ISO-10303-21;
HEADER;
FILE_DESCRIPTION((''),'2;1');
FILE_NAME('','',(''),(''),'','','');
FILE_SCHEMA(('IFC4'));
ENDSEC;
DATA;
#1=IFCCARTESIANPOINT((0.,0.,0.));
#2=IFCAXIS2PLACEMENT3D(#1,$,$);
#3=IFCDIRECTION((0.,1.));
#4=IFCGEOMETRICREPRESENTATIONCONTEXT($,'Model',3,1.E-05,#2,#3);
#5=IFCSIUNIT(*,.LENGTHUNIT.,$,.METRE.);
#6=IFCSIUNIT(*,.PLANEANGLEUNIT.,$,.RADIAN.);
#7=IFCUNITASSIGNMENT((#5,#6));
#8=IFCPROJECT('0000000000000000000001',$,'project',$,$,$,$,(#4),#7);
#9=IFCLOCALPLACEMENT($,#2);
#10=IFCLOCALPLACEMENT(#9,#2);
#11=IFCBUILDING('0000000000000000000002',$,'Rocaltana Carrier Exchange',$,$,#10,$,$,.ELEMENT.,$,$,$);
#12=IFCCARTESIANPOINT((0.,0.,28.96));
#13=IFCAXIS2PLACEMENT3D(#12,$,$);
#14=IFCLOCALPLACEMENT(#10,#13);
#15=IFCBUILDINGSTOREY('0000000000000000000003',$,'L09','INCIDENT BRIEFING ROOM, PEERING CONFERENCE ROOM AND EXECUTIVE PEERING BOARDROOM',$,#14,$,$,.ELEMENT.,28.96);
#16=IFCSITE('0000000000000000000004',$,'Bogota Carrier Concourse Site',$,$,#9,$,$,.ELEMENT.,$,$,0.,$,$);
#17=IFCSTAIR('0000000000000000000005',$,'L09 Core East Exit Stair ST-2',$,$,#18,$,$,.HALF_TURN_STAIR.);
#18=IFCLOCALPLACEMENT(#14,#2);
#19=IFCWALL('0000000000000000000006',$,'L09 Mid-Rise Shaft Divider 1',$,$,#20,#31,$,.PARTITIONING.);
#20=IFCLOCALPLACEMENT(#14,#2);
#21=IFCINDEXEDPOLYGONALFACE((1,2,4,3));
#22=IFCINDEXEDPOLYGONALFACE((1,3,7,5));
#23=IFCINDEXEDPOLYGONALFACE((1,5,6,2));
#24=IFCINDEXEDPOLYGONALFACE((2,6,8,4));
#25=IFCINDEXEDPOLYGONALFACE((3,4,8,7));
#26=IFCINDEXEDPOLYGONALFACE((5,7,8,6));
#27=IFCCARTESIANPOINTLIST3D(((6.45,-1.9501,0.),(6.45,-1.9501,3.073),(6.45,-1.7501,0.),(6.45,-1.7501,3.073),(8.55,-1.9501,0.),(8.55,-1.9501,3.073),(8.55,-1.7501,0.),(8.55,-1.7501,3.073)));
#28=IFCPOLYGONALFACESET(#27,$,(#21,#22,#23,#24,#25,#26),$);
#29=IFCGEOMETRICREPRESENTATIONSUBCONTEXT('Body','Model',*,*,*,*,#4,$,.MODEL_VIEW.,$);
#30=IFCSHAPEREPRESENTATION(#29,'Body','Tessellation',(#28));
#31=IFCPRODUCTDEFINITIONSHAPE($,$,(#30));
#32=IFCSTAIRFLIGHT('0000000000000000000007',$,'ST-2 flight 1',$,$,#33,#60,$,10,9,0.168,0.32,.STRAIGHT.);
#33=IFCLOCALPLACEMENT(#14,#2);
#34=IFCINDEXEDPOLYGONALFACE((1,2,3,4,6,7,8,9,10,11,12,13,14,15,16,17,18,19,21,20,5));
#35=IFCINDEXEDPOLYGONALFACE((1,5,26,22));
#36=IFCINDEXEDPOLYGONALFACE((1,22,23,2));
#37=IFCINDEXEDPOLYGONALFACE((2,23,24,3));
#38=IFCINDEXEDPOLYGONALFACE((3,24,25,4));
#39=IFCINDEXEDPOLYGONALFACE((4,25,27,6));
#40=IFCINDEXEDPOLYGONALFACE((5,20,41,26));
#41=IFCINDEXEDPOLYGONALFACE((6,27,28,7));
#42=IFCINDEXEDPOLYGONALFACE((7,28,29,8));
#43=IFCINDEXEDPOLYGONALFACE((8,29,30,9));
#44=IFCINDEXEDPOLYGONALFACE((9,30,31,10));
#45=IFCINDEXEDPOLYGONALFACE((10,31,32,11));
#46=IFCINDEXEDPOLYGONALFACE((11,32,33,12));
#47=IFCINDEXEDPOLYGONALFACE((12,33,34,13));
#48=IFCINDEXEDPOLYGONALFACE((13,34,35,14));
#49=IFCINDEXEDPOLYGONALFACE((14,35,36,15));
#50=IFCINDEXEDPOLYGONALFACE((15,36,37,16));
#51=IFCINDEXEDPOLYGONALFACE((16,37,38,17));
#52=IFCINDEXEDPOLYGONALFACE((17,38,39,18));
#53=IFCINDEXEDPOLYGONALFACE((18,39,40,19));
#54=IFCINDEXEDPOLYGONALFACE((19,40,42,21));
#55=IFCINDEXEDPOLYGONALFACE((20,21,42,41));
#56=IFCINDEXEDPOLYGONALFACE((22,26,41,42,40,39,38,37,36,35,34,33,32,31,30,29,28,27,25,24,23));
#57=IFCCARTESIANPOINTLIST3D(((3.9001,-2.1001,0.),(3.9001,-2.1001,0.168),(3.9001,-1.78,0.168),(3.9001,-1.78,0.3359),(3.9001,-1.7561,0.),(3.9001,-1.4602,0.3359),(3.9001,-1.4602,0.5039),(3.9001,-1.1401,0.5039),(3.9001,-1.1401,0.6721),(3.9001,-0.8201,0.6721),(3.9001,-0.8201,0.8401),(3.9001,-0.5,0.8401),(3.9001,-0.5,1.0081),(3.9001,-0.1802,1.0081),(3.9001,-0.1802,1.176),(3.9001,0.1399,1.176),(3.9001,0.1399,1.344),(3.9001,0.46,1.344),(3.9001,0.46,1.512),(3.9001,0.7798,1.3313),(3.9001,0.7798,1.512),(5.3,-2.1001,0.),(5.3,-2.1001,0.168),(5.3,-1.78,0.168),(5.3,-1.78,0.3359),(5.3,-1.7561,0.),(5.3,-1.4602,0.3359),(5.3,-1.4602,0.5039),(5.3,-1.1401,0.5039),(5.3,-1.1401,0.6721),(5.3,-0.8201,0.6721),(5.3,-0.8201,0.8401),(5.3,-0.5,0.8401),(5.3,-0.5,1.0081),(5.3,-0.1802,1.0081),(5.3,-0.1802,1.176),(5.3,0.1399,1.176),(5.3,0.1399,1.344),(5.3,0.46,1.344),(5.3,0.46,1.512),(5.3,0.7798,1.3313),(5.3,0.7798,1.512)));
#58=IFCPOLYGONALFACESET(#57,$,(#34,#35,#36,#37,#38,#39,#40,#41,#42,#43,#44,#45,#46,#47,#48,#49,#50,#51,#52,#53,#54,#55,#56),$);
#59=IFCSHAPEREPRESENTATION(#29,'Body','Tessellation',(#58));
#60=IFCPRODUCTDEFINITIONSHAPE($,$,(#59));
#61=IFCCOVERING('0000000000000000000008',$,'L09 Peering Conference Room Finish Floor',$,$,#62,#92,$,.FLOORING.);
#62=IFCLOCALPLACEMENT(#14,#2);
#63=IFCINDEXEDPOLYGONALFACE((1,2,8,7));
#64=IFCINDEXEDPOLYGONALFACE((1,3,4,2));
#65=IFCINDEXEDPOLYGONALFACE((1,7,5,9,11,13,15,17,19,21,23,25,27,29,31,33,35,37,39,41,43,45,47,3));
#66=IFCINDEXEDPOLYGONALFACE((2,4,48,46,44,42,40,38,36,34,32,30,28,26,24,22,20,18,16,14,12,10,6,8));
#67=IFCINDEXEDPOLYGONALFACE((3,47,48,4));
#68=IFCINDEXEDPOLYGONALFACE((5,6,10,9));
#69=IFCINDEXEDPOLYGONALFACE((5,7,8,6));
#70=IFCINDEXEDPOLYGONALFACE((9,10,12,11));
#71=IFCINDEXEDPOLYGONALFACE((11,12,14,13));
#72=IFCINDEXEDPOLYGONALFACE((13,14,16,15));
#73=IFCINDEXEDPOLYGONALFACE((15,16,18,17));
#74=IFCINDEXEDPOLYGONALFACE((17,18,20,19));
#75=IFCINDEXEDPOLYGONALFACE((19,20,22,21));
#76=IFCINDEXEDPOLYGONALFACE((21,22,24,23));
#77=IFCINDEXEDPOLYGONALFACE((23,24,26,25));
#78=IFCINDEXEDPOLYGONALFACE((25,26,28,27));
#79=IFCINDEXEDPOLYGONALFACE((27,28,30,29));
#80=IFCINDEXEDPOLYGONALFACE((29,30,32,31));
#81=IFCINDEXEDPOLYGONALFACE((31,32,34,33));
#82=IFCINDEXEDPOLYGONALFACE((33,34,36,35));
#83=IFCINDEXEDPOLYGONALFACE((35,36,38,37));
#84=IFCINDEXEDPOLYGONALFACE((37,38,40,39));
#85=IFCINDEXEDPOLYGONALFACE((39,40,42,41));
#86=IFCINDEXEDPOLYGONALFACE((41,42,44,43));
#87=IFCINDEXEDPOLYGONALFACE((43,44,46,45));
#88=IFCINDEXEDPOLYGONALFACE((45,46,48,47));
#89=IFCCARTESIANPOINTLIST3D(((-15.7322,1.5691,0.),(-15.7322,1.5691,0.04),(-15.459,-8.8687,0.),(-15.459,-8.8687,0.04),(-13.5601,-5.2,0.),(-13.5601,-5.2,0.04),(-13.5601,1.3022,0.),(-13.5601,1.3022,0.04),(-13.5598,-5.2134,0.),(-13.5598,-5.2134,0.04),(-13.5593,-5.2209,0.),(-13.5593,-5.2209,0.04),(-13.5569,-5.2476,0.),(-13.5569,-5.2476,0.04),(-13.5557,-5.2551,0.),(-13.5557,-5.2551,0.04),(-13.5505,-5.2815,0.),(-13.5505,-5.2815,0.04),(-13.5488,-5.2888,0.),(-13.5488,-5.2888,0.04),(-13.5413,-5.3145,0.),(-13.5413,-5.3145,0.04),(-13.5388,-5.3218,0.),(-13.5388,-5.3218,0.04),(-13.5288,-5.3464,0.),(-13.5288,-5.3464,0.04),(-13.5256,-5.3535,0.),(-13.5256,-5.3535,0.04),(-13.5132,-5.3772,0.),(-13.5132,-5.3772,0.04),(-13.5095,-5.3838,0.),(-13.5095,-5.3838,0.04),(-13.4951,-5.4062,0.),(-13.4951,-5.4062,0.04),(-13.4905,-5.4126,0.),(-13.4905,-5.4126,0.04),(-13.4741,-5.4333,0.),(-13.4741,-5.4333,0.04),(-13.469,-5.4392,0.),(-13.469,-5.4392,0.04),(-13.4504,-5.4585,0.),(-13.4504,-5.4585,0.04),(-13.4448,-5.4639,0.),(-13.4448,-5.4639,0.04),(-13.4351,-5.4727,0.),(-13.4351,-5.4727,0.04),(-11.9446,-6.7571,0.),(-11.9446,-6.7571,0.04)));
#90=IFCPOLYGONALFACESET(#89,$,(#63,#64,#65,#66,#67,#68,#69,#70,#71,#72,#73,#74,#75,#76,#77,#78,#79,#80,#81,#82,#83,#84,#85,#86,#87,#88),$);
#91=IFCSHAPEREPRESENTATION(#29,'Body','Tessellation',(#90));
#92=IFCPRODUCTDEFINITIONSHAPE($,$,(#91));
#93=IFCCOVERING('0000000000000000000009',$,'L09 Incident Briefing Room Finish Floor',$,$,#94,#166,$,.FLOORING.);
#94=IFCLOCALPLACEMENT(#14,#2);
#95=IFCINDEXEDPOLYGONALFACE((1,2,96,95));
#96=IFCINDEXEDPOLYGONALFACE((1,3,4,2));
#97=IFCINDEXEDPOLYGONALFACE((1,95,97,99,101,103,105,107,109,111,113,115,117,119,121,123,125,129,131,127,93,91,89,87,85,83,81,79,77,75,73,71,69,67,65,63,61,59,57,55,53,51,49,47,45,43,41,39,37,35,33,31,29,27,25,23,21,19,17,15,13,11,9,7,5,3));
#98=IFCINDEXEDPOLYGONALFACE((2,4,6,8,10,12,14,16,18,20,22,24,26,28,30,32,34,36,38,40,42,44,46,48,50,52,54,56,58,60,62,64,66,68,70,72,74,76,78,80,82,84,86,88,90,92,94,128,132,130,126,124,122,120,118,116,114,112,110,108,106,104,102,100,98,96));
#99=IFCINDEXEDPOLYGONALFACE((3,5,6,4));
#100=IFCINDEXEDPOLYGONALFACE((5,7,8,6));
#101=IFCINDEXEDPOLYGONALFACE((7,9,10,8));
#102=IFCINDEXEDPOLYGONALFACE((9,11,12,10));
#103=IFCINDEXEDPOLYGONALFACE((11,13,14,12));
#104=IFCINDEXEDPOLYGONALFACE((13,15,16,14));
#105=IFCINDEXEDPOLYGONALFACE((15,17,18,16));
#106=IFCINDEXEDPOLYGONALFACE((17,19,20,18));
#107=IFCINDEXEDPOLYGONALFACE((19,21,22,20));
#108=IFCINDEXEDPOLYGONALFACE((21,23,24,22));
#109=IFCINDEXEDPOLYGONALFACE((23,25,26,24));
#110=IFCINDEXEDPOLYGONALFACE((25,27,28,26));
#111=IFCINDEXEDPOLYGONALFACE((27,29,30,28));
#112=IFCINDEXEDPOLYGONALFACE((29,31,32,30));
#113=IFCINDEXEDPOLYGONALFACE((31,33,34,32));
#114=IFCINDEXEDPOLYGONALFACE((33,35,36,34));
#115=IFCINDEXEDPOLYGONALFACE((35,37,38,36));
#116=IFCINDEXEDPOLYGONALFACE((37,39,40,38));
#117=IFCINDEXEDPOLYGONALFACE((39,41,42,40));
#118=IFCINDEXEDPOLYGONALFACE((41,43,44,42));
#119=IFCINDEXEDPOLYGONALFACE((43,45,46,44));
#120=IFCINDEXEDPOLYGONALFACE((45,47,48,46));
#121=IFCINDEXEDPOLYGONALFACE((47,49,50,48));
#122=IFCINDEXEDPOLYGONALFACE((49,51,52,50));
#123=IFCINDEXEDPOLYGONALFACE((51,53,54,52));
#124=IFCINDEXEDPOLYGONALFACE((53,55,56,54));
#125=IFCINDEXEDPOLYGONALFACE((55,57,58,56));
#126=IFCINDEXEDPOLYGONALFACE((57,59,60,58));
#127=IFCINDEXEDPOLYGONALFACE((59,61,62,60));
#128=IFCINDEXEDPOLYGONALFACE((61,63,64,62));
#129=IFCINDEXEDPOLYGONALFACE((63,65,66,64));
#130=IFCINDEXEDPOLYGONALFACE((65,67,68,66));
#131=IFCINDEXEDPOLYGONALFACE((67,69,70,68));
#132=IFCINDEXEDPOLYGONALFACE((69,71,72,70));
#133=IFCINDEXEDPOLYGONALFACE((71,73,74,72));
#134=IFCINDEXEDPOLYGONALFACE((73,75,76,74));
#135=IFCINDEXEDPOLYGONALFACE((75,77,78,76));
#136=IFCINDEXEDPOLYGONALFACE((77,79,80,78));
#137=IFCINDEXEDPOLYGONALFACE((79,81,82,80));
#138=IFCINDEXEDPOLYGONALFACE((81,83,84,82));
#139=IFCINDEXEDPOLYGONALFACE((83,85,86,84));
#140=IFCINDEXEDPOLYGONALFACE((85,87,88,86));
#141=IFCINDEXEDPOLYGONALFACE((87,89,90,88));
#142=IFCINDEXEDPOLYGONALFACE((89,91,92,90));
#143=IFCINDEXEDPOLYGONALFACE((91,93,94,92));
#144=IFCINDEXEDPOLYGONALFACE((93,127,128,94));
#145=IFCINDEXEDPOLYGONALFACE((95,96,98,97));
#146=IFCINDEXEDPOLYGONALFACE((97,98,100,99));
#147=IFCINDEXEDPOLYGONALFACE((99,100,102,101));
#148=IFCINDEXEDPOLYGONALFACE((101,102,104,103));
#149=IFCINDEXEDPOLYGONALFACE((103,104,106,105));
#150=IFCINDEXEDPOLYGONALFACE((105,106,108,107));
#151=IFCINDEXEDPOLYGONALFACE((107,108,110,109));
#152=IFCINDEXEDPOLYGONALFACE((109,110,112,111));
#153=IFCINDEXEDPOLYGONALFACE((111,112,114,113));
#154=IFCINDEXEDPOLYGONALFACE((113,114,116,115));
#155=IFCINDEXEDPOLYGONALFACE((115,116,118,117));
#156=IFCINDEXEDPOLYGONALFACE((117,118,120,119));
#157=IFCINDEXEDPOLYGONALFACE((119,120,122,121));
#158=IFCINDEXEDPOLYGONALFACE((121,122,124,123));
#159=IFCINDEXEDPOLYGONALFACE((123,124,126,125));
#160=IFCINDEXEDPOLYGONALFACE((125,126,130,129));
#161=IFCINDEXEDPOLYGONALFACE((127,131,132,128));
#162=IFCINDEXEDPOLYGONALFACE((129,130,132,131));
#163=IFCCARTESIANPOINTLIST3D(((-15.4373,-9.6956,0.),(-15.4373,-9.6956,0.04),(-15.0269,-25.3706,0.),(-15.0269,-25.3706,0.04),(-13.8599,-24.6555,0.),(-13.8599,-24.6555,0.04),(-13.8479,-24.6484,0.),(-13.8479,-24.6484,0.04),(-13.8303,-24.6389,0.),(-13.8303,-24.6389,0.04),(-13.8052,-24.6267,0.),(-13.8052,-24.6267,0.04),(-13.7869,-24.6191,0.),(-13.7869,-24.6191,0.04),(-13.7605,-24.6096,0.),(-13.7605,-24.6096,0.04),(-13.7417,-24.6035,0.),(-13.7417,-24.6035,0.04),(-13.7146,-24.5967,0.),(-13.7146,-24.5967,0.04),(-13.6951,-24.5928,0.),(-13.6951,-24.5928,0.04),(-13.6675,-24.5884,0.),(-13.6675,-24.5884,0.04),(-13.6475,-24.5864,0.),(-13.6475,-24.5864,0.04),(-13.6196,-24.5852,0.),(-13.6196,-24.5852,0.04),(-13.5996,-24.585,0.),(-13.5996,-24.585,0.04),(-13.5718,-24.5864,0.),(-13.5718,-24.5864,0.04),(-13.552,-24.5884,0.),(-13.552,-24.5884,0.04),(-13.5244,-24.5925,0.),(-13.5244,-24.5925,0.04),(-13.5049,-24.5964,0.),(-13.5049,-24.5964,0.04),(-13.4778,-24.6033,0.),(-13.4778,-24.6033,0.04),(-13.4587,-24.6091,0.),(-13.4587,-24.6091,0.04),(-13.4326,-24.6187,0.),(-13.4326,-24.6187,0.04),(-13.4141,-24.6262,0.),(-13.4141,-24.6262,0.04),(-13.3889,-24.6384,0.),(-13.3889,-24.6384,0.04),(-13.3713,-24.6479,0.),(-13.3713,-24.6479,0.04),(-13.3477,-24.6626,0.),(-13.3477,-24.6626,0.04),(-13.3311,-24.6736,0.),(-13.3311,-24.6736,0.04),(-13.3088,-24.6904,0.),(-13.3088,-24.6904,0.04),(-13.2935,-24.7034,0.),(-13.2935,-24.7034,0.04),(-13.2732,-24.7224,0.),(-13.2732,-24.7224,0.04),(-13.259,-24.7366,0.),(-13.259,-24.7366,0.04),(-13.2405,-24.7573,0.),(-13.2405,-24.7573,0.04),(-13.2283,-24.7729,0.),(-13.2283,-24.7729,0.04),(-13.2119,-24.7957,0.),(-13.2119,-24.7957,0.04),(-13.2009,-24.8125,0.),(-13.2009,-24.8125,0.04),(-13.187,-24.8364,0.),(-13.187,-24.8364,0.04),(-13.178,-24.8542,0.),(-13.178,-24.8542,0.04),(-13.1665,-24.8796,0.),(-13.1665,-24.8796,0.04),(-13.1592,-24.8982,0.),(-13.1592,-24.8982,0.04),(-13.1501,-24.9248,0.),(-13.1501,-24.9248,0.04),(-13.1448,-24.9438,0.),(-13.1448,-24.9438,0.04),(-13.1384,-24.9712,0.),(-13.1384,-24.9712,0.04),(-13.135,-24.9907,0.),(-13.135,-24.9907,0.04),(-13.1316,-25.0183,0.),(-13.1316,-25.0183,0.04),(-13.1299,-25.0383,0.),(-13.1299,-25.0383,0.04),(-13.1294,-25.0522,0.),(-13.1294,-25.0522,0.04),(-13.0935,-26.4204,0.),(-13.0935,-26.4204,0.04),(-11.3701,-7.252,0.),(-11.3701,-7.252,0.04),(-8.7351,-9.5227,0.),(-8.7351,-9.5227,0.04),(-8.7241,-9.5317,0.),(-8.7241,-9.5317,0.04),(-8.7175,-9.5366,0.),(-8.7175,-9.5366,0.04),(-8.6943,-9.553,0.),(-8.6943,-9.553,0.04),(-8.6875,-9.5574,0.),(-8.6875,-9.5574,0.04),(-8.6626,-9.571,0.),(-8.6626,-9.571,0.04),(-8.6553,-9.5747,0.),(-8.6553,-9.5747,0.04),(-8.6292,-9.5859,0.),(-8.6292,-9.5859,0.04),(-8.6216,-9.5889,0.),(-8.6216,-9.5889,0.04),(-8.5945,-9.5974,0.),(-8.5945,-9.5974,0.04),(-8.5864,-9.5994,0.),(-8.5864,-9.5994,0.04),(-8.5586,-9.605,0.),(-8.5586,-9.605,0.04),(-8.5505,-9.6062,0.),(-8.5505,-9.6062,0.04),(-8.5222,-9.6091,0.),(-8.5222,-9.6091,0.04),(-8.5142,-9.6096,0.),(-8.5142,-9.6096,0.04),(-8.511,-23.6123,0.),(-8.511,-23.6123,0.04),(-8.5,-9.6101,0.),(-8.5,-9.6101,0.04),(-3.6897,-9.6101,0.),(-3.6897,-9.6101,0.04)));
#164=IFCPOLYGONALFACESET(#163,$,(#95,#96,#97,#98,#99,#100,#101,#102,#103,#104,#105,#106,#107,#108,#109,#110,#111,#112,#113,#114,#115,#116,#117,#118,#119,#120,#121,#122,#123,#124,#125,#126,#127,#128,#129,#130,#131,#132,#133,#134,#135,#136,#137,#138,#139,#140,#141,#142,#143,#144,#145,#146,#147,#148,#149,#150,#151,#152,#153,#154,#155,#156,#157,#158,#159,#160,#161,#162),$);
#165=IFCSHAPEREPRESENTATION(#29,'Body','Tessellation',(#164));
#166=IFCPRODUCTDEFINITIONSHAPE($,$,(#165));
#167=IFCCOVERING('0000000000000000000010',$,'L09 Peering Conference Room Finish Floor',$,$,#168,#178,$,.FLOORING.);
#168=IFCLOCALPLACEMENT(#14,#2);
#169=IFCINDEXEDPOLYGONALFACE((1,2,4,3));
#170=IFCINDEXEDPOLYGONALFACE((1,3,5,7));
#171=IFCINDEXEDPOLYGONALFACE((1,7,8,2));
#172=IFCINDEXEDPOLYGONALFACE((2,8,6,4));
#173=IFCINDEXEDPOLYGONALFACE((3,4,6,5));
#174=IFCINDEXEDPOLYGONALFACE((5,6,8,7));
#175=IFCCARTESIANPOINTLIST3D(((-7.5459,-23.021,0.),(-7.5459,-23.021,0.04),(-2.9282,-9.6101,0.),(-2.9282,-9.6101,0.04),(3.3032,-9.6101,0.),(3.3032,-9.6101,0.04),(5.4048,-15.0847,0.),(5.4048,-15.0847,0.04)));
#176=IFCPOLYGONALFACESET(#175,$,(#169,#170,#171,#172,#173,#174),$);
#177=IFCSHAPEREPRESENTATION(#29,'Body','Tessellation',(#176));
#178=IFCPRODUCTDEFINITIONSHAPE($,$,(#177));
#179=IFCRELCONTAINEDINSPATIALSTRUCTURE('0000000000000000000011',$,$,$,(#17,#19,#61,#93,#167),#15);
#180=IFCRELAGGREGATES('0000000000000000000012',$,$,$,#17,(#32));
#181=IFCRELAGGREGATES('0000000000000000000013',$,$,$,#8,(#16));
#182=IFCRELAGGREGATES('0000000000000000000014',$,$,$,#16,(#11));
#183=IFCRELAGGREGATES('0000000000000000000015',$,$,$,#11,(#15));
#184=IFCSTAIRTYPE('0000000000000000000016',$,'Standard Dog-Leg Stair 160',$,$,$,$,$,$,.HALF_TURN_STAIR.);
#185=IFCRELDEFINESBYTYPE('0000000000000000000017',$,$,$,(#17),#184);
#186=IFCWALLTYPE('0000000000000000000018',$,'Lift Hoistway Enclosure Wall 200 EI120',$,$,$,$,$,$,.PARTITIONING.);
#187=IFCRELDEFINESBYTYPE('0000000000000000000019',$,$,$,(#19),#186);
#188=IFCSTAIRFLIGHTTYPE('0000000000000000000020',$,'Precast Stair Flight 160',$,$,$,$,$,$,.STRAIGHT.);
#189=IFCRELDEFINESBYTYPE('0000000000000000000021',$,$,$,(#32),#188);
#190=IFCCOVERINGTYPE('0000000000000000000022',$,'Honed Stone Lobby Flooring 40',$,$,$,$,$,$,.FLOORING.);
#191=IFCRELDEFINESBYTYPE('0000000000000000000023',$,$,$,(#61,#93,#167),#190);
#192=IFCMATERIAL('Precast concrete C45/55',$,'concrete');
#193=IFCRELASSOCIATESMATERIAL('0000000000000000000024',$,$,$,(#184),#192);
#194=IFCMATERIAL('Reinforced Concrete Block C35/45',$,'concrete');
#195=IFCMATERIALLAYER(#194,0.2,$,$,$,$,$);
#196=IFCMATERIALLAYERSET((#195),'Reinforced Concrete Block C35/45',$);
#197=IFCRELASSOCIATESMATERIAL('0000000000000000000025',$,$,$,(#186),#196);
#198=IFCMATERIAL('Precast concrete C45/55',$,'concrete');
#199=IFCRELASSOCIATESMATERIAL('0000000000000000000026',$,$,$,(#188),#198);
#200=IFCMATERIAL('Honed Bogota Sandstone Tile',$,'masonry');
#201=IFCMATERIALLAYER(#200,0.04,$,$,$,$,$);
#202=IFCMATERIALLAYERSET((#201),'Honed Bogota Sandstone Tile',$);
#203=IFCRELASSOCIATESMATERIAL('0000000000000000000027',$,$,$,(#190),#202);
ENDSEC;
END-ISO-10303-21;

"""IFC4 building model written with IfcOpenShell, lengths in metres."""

from ifc_helpers import new_model, si_unit, direction, frame, frame_2d, origin, place, context, subcontext, project, spatial, polyline, rectangle, outline, extrude, material, layer, layer_set, type_object, element, aggregate, save


model = new_model("IFC4")

# Units and contexts
model_context = context("Model", 3, precision=1e-05, world=origin(), true_north=direction((0.0, 1.0)))
body_context = subcontext(model_context, "Body", "Model", "MODEL_VIEW")
ifc_project = project(units=[si_unit("LENGTHUNIT", "METRE"), si_unit("PLANEANGLEUNIT", "RADIAN")], contexts=[model_context])

# Site, building, storey
site_placement = place(None, origin())
site = spatial("IfcSite", under=ifc_project, at=site_placement, Name="Bogota Carrier Concourse Site", CompositionType="ELEMENT", RefElevation=0.0)
building_placement = place(site_placement, origin())
building = spatial("IfcBuilding", under=site, at=building_placement, Name="Rocaltana Carrier Exchange", CompositionType="ELEMENT")
storey_placement = place(building_placement, frame((0.0, 0.0, 28.96)))
storey = spatial("IfcBuildingStorey", under=building, at=storey_placement, Name="L09", Description="INCIDENT BRIEFING ROOM, PEERING CONFERENCE ROOM AND EXECUTIVE PEERING BOARDROOM", CompositionType="ELEMENT", Elevation=28.96)

# Stair
ifc_material_1 = material(Name="Precast concrete C45/55", Category="concrete")
stair_type = type_object("IfcStairType", Name="Standard Dog-Leg Stair 160", PredefinedType="HALF_TURN_STAIR", material=ifc_material_1)
stair_1_placement = place(storey_placement, origin())
stair_1 = element("IfcStair", 1, at=stair_1_placement, inside=storey, type_object=stair_type, Name="L09 Core East Exit Stair ST-2", PredefinedType="HALF_TURN_STAIR")

# Wall
ifc_material_2 = material(Name="Reinforced Concrete Block C35/45", Category="concrete")
ifc_layer_1 = layer(ifc_material_2, 0.2)
ifc_layer_set_1 = layer_set([ifc_layer_1], Name="Reinforced Concrete Block C35/45")
wall_type = type_object("IfcWallType", Name="Lift Hoistway Enclosure Wall 200 EI120", PredefinedType="PARTITIONING", material=ifc_layer_set_1)
wall_placement = place(storey_placement, frame((6.45, -1.8501, 0.0), z_axis=(0.0, 0.0, 1.0), x_axis=(1.0, 0.0, 0.0)))
element("IfcWall", 2, at=wall_placement, inside=storey, type_object=wall_type, Name="L09 Mid-Rise Shaft Divider 1", PredefinedType="PARTITIONING", context=body_context, shape_type="SweptSolid", body=[
    extrude(rectangle(XDim=2.1001, YDim=0.2, at=frame_2d((1.05, 0.0))), origin(), (0.0, 0.0, 1.0), 3.073),
])

# Stair flight
ifc_material_3 = material(Name="Precast concrete C45/55", Category="concrete")
stair_flight_type = type_object("IfcStairFlightType", Name="Precast Stair Flight 160", PredefinedType="STRAIGHT", material=ifc_material_3)
stair_flight_placement = place(storey_placement, frame((4.6001, -2.1001, 0.0), z_axis=(0.0, 0.0, 1.0), x_axis=(0.0, 1.0, 0.0)))
stair_flight = element("IfcStairFlight", 3, at=stair_flight_placement, type_object=stair_flight_type, Name="ST-2 flight 1", NumberOfRisers=10, NumberOfTreads=9, PredefinedType="STRAIGHT", RiserHeight=0.168, TreadLength=0.32, context=body_context, shape_type="SweptSolid", body=[
    extrude(outline(polyline([(0.0, 0.0), (0.0, 0.168), (0.3201, 0.168), (0.3201, 0.3359), (0.6399, 0.3359), (0.6399, 0.5039), (0.96, 0.5039), (0.96, 0.6721), (1.28, 0.6721), (1.28, 0.8401), (1.6001, 0.8401), (1.6001, 1.0081), (1.9199, 1.0081), (1.9199, 1.176), (2.24, 1.176), (2.24, 1.344), (2.5601, 1.344), (2.5601, 1.512), (2.8799, 1.512), (2.8799, 1.6799), (2.8799, 1.3313), (0.344, 0.0), (0.0, 0.0)])), frame((0.0, 0.7, 0.0), z_axis=(0.0, -1.0, 0.0), x_axis=(1.0, 0.0, 0.0)), (0.0, 0.0, 1.0), 1.3999),
])
aggregate(stair_1, [stair_flight])

# Coverings
ifc_material_4 = material(Name="Honed Bogota Sandstone Tile", Category="masonry")
ifc_layer_2 = layer(ifc_material_4, 0.04)
ifc_layer_set_2 = layer_set([ifc_layer_2], Name="Honed Bogota Sandstone Tile")
covering_type_1 = type_object("IfcCoveringType", Name="Honed Stone Lobby Flooring 40", PredefinedType="FLOORING", material=ifc_layer_set_2)
covering_1_placement = place(storey_placement, origin())
element("IfcCovering", 4, at=covering_1_placement, inside=storey, type_object=covering_type_1, Name="L09 Peering Conference Room Finish Floor", PredefinedType="FLOORING", context=body_context, shape_type="SweptSolid", body=[
    extrude(outline(polyline([(-15.7322, 1.5691), (-13.5601, 1.3022), (-13.5601, -5.2), (-13.5598, -5.2134), (-13.5593, -5.2209), (-13.5569, -5.2476), (-13.5557, -5.2551), (-13.5505, -5.2815), (-13.5488, -5.2888), (-13.5413, -5.3145), (-13.5388, -5.3218), (-13.5288, -5.3464), (-13.5256, -5.3535), (-13.5132, -5.3772), (-13.5095, -5.3838), (-13.4951, -5.4062), (-13.4905, -5.4126), (-13.4741, -5.4333), (-13.469, -5.4392), (-13.4504, -5.4585), (-13.4448, -5.4639), (-13.4351, -5.4727), (-11.9446, -6.7571), (-15.459, -8.8687), (-15.7322, 1.5691)])), origin(), (0.0, 0.0, 1.0), 0.04),
])
covering_2_placement = place(storey_placement, origin())
element("IfcCovering", 5, at=covering_2_placement, inside=storey, type_object=covering_type_1, Name="L09 Incident Briefing Room Finish Floor", PredefinedType="FLOORING", context=body_context, shape_type="SweptSolid", body=[
    extrude(outline(polyline([(-13.1294, -25.0522), (-13.1299, -25.0383), (-13.1316, -25.0183), (-13.135, -24.9907), (-13.1384, -24.9712), (-13.1448, -24.9438), (-13.1501, -24.9248), (-13.1592, -24.8982), (-13.1665, -24.8796), (-13.178, -24.8542), (-13.187, -24.8364), (-13.2009, -24.8125), (-13.2119, -24.7957), (-13.2283, -24.7729), (-13.2405, -24.7573), (-13.259, -24.7366), (-13.2732, -24.7224), (-13.2935, -24.7034), (-13.3088, -24.6904), (-13.3311, -24.6736), (-13.3477, -24.6626), (-13.3713, -24.6479), (-13.3889, -24.6384), (-13.4141, -24.6262), (-13.4326, -24.6187), (-13.4587, -24.6091), (-13.4778, -24.6033), (-13.5049, -24.5964), (-13.5244, -24.5925), (-13.552, -24.5884), (-13.5718, -24.5864), (-13.5996, -24.585), (-13.6196, -24.5852), (-13.6475, -24.5864), (-13.6675, -24.5884), (-13.6951, -24.5928), (-13.7146, -24.5967), (-13.7417, -24.6035), (-13.7605, -24.6096), (-13.7869, -24.6191), (-13.8052, -24.6267), (-13.8303, -24.6389), (-13.8479, -24.6484), (-13.8599, -24.6555), (-15.0269, -25.3706), (-15.4373, -9.6956), (-11.3701, -7.252), (-8.7351, -9.5227), (-8.7241, -9.5317), (-8.7175, -9.5366), (-8.6943, -9.553), (-8.6875, -9.5574), (-8.6626, -9.571), (-8.6553, -9.5747), (-8.6292, -9.5859), (-8.6216, -9.5889), (-8.5945, -9.5974), (-8.5864, -9.5994), (-8.5586, -9.605), (-8.5505, -9.6062), (-8.5222, -9.6091), (-8.5142, -9.6096), (-8.5, -9.6101), (-3.6897, -9.6101), (-8.511, -23.6123), (-13.0935, -26.4204), (-13.1294, -25.0522)])), origin(), (0.0, 0.0, 1.0), 0.04),
])
covering_3_placement = place(storey_placement, origin())
element("IfcCovering", 6, at=covering_3_placement, inside=storey, type_object=covering_type_1, Name="L09 Peering Conference Room Finish Floor", PredefinedType="FLOORING", context=body_context, shape_type="SweptSolid", body=[
    extrude(outline(polyline([(-7.5459, -23.021), (-2.9282, -9.6101), (3.3032, -9.6101), (5.4048, -15.0847), (-7.5459, -23.021)])), origin(), (0.0, 0.0, 1.0), 0.04),
])

save(model, "model.ifc")
